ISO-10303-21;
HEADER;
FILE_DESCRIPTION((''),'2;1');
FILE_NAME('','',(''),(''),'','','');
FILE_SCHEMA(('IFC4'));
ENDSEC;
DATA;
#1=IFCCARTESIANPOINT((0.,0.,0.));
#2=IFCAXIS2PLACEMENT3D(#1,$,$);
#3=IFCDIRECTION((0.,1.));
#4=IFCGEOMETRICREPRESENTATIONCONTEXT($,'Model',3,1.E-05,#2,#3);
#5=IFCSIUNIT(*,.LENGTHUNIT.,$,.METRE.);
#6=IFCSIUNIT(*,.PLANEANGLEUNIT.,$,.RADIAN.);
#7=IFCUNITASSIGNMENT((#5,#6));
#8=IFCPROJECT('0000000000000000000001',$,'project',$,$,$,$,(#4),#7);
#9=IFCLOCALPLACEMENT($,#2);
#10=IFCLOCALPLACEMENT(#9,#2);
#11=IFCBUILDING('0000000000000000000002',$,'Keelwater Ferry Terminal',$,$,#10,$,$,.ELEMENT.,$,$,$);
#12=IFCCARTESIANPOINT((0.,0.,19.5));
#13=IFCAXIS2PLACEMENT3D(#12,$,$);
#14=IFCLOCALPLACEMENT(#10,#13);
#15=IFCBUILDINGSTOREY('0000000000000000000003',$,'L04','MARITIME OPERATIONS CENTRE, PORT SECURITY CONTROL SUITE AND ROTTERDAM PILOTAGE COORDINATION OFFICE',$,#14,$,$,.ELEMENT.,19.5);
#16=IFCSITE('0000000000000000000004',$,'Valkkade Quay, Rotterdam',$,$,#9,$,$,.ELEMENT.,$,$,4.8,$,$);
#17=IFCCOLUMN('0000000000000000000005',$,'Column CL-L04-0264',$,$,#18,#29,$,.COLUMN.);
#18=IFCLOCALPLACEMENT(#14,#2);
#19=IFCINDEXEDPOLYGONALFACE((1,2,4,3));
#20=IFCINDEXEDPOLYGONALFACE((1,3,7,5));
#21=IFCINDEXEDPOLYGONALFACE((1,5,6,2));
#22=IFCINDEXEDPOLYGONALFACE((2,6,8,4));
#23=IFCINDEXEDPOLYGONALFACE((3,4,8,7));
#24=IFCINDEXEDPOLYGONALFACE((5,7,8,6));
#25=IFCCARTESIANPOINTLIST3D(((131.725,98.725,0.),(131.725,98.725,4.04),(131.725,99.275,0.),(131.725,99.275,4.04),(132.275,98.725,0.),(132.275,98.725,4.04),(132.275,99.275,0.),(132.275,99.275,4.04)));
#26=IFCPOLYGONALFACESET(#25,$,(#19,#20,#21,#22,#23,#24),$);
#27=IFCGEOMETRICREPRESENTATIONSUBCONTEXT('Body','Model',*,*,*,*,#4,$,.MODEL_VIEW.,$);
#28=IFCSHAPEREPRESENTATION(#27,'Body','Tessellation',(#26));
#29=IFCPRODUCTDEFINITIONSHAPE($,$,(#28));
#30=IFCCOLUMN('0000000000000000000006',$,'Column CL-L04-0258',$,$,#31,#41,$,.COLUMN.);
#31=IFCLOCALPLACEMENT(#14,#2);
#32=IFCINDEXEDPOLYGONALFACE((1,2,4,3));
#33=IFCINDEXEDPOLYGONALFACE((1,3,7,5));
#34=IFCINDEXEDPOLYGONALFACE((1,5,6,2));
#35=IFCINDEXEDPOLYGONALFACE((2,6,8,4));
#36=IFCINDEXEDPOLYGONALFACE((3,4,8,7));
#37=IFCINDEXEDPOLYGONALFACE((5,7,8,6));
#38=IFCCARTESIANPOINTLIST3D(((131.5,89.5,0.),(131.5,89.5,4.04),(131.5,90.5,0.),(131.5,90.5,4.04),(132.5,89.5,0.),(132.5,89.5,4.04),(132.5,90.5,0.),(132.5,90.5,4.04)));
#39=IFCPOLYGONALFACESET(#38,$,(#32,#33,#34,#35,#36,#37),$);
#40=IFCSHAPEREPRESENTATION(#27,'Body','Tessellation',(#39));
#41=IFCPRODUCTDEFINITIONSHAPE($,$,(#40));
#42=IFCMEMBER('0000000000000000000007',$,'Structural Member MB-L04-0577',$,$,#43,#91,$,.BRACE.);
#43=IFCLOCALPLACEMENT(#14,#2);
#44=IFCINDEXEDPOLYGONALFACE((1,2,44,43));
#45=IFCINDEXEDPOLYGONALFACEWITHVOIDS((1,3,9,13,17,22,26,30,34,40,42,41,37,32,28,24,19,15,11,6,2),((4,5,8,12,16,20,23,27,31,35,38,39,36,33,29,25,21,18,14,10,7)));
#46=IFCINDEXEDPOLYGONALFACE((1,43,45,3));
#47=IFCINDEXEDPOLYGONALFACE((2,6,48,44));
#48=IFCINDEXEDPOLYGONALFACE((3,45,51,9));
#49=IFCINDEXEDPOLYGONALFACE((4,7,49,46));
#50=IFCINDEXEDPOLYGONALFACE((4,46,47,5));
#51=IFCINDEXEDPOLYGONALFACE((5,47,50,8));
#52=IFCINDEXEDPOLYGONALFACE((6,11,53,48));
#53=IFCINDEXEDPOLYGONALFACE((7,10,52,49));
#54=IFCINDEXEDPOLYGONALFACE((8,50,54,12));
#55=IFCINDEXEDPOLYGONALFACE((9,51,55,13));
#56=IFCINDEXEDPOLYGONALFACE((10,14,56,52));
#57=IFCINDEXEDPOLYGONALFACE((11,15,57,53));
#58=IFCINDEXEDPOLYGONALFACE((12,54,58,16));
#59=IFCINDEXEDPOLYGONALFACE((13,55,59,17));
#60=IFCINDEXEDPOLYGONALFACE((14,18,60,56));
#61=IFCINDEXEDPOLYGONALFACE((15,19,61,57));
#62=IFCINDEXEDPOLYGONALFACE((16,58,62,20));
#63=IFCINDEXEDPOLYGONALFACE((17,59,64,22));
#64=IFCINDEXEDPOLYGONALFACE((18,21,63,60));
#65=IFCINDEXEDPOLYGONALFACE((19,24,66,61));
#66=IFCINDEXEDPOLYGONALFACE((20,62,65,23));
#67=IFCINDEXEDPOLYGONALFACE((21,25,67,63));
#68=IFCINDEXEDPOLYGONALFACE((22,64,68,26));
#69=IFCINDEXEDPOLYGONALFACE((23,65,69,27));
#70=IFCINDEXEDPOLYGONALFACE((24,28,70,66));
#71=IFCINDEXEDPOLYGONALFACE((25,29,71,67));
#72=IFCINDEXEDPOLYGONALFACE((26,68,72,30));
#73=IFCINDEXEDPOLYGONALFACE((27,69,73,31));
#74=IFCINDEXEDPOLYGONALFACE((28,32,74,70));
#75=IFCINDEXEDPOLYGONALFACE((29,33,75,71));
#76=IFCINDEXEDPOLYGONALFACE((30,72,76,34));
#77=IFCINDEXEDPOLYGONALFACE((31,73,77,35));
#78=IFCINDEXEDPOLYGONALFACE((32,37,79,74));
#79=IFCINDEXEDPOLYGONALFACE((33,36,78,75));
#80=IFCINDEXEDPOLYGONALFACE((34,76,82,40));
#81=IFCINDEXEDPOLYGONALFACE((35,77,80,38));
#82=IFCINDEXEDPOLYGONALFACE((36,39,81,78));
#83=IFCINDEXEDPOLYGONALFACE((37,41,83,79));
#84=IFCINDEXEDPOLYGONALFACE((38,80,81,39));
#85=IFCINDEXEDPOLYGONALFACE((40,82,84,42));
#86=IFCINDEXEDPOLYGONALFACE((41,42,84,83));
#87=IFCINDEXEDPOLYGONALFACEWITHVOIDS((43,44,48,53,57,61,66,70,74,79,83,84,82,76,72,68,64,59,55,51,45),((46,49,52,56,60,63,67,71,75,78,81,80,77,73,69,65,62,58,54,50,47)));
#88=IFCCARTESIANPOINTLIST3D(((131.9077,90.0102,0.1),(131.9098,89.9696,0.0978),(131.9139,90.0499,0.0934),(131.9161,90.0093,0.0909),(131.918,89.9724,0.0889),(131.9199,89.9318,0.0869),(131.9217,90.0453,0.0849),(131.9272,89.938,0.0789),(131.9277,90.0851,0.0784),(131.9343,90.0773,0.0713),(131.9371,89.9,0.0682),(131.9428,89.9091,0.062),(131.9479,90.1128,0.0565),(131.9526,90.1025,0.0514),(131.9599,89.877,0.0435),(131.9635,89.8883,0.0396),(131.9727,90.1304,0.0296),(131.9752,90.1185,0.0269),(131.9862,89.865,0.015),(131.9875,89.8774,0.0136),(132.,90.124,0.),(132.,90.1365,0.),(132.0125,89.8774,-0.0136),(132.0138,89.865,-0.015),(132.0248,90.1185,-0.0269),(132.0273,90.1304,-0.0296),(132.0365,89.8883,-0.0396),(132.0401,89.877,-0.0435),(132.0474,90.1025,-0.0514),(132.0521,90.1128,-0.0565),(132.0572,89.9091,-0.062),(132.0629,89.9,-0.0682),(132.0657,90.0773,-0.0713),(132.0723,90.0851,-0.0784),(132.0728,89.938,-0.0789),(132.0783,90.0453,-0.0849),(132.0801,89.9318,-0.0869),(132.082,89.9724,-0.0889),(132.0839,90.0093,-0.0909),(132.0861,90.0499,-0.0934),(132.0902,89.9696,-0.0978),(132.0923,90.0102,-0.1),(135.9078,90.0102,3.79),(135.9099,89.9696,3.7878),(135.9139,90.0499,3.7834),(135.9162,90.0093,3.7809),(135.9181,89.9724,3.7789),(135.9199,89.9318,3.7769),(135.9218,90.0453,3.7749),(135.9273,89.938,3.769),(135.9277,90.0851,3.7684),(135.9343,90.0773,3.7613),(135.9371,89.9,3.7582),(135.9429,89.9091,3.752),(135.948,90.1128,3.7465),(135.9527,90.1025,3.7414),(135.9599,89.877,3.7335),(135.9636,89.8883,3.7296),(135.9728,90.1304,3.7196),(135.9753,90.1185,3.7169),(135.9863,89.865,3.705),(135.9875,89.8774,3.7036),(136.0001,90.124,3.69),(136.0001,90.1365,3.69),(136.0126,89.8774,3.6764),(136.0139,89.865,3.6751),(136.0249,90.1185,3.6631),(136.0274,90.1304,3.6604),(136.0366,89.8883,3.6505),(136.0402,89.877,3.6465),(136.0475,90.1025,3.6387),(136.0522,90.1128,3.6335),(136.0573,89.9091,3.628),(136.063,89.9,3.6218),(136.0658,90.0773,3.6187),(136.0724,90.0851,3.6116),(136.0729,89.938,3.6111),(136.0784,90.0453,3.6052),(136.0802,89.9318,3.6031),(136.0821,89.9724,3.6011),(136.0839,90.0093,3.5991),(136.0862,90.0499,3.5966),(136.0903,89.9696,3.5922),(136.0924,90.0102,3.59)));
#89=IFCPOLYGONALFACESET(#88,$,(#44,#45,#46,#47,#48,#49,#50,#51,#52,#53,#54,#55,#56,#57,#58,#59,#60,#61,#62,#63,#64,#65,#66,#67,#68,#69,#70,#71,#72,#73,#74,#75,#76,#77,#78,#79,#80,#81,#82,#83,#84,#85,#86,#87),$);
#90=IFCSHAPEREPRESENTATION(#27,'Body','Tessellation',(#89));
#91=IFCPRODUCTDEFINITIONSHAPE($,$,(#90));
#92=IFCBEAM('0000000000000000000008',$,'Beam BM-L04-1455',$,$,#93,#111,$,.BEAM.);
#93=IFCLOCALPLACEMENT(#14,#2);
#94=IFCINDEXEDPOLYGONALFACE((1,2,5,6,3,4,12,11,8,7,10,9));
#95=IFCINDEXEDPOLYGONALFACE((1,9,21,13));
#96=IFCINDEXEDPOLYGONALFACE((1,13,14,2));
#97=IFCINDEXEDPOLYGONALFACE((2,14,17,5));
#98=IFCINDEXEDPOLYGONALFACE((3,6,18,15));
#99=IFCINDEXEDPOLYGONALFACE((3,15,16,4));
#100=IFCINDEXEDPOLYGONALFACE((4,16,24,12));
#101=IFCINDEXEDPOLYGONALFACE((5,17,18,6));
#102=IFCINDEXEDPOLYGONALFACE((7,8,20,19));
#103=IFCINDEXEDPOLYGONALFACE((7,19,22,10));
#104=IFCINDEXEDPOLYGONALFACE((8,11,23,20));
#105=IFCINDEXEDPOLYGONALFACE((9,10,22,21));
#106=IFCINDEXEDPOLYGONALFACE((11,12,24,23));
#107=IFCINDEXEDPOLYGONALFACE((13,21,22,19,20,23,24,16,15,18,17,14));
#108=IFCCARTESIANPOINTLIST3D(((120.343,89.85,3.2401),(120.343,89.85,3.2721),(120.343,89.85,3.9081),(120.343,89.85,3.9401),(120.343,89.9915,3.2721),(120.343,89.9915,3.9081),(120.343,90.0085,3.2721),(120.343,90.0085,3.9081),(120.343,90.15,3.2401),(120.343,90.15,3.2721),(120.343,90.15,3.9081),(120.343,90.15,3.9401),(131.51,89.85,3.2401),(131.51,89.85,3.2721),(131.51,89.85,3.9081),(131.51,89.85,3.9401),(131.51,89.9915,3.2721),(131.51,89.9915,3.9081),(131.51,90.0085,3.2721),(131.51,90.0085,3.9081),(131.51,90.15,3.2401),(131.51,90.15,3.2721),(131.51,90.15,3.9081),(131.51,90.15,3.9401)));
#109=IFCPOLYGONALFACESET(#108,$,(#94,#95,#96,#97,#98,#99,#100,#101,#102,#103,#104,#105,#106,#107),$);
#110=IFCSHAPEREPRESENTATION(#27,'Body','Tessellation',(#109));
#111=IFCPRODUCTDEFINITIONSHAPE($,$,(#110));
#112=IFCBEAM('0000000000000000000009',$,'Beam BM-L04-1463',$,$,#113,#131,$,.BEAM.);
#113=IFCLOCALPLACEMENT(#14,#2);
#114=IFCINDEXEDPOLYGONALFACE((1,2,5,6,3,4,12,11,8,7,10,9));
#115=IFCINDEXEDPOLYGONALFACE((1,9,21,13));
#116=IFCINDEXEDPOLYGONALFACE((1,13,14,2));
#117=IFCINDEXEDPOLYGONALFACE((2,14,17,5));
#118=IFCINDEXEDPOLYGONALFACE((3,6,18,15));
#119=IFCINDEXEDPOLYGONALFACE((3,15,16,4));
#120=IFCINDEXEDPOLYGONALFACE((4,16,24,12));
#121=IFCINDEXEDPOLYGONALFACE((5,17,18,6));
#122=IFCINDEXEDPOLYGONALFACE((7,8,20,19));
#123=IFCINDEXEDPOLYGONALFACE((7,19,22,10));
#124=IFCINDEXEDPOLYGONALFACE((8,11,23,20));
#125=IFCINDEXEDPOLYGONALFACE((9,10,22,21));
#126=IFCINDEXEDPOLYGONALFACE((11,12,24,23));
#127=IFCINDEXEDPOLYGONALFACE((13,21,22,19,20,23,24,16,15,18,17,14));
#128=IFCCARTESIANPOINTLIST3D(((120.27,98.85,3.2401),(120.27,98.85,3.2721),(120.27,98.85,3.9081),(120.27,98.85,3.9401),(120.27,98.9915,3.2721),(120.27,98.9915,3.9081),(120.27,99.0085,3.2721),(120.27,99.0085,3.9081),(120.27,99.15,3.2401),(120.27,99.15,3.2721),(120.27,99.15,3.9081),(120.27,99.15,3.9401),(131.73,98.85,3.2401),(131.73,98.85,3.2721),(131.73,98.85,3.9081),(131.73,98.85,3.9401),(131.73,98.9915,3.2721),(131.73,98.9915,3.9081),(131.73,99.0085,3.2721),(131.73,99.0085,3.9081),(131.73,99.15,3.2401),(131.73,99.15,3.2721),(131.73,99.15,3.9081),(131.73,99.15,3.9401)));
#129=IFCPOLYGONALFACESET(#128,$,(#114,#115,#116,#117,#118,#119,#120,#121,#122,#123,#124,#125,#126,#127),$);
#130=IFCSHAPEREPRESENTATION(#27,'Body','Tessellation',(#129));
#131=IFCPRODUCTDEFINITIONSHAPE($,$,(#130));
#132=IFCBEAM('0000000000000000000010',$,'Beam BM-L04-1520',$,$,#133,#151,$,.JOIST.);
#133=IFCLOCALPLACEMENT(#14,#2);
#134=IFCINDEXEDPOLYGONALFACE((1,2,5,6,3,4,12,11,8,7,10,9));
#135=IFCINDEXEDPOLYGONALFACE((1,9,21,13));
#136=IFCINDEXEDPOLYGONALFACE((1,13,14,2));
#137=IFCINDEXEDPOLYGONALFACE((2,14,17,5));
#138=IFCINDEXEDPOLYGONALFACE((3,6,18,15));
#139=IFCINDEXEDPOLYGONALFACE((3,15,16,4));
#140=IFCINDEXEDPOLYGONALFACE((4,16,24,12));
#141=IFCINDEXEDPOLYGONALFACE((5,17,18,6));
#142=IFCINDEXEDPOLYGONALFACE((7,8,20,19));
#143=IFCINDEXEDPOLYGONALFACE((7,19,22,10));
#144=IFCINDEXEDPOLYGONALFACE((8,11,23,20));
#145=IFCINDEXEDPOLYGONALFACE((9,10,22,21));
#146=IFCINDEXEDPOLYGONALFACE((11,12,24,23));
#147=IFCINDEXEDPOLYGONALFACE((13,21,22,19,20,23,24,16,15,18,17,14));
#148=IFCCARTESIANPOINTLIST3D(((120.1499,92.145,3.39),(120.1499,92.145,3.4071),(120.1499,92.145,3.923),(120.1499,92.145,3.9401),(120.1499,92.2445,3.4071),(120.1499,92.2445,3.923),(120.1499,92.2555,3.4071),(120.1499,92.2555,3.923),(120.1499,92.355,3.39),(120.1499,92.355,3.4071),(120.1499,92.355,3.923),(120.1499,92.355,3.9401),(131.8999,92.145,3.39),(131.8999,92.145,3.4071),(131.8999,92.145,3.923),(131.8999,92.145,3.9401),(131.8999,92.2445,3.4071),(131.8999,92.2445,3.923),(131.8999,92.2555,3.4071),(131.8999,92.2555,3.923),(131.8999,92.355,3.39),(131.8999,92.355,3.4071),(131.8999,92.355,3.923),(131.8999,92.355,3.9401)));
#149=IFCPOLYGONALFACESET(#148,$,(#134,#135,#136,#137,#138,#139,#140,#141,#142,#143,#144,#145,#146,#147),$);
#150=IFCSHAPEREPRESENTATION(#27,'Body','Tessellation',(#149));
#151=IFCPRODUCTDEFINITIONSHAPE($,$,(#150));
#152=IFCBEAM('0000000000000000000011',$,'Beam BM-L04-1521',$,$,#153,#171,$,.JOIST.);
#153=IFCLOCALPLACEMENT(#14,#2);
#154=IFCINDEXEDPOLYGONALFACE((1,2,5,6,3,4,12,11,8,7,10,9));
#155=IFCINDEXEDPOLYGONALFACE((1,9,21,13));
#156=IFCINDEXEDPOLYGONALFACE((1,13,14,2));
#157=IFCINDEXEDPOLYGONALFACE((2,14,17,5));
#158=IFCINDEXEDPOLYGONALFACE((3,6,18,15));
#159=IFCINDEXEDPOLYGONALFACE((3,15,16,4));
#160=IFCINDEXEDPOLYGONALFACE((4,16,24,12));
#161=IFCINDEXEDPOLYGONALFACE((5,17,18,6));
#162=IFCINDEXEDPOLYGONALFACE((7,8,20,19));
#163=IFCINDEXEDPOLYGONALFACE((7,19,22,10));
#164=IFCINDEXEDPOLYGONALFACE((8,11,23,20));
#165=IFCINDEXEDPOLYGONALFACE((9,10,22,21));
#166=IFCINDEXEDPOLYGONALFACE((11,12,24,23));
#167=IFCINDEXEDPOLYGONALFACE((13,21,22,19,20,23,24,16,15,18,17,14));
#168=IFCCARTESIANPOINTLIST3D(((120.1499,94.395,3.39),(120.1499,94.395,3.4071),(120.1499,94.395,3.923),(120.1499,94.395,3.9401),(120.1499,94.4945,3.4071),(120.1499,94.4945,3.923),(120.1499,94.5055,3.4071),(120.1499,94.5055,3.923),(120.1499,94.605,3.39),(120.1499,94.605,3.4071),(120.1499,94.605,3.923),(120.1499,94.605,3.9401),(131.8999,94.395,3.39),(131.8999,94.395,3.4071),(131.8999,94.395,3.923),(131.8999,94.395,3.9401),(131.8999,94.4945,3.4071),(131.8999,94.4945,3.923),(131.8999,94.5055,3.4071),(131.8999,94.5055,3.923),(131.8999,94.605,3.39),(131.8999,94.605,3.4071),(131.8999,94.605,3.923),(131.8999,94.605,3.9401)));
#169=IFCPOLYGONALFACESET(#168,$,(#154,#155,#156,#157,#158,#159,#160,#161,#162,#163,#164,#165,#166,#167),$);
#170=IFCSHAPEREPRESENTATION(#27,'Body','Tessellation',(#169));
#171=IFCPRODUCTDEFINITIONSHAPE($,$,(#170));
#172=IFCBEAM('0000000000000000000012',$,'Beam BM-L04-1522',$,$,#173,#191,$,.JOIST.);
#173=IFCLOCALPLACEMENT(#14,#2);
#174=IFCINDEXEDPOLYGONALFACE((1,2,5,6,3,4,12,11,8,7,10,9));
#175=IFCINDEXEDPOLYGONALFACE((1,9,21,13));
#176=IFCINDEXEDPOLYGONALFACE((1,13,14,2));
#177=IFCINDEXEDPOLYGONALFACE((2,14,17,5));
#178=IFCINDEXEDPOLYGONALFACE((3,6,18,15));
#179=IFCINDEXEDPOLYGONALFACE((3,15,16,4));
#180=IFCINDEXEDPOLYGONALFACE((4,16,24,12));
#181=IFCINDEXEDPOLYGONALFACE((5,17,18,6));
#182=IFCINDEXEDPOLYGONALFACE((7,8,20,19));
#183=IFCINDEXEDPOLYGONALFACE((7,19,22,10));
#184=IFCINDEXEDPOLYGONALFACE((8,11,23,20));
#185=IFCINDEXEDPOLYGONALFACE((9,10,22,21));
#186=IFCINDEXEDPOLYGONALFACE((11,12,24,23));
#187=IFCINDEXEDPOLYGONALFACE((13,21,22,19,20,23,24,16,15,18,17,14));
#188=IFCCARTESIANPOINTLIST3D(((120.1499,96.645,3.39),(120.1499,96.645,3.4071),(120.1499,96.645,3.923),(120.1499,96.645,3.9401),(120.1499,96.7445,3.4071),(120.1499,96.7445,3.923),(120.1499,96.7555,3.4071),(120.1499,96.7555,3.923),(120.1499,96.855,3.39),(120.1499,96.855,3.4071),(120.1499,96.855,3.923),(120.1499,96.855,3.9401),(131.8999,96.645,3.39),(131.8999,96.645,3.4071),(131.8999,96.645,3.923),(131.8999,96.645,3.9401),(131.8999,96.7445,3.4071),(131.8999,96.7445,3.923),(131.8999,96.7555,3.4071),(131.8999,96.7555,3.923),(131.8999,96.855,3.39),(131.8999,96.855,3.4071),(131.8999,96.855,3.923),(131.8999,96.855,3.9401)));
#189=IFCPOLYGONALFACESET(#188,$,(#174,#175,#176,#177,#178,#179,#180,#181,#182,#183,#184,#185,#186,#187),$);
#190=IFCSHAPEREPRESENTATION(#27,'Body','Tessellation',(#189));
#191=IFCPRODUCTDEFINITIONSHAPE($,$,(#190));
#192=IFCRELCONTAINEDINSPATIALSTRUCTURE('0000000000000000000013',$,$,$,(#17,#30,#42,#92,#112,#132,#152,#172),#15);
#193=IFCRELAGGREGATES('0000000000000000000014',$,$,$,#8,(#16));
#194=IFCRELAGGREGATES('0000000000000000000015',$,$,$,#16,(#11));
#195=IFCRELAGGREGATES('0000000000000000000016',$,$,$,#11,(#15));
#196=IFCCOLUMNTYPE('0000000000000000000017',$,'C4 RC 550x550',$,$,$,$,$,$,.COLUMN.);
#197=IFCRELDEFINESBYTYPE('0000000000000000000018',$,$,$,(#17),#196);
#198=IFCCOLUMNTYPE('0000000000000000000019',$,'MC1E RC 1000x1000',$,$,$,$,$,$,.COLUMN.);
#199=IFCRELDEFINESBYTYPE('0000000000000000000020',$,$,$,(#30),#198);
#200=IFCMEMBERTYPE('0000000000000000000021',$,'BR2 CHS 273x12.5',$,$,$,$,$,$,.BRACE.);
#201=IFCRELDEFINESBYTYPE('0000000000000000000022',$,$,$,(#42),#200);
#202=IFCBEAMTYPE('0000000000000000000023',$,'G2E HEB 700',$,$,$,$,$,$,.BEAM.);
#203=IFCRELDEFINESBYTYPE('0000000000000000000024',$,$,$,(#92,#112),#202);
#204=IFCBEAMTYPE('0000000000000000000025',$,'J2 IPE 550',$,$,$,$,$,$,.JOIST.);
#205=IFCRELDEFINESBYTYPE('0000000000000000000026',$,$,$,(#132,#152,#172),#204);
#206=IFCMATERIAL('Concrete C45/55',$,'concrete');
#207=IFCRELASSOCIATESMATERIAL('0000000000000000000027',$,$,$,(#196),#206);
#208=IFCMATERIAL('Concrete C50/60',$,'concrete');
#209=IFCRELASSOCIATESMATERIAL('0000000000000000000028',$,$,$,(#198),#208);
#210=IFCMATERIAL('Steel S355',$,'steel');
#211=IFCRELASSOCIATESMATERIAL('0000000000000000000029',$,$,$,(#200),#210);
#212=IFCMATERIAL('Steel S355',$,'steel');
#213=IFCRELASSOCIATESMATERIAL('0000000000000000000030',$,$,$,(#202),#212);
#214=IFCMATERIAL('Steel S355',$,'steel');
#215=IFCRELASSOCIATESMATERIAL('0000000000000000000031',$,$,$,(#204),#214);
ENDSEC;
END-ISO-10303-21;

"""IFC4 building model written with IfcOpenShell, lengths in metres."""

from ifc_helpers import new_model, si_unit, direction, frame, origin, origin_2d, place, context, subcontext, project, spatial, rectangle, hollow_circle, i_section, extrude, material, material_profile, profile_set, type_object, element, save


model = new_model("IFC4")

# Units and contexts
model_context = context("Model", 3, precision=1e-05, world=origin(), true_north=direction((0.0, 1.0)))
body_context = subcontext(model_context, "Body", "Model", "MODEL_VIEW")
ifc_project = project(units=[si_unit("LENGTHUNIT", "METRE"), si_unit("PLANEANGLEUNIT", "RADIAN")], contexts=[model_context])

# Site, building, storey
site_placement = place(None, origin())
site = spatial("IfcSite", under=ifc_project, at=site_placement, Name="Valkkade Quay, Rotterdam", CompositionType="ELEMENT", RefElevation=4.8)
building_placement = place(site_placement, origin())
building = spatial("IfcBuilding", under=site, at=building_placement, Name="Keelwater Ferry Terminal", CompositionType="ELEMENT")
storey_placement = place(building_placement, frame((0.0, 0.0, 19.5)))
storey = spatial("IfcBuildingStorey", under=building, at=storey_placement, Name="L04", Description="MARITIME OPERATIONS CENTRE, PORT SECURITY CONTROL SUITE AND ROTTERDAM PILOTAGE COORDINATION OFFICE", CompositionType="ELEMENT", Elevation=19.5)

# Columns
ifc_material_1 = material(Name="Concrete C45/55", Category="concrete")
ifc_material_profile_1 = material_profile(ifc_material_1, rectangle(XDim=0.55, YDim=0.55, at=origin_2d()), Name="RC 550x550")
ifc_profile_set_1 = profile_set([ifc_material_profile_1], Name="Concrete C45/55")
column_type_1 = type_object("IfcColumnType", Name="C4 RC 550x550", PredefinedType="COLUMN", material=ifc_profile_set_1)
column_1_placement = place(storey_placement, frame((132.0, 99.0, 0.0), z_axis=(0.0, 0.0, 1.0), x_axis=(1.0, 0.0, 0.0)))
element("IfcColumn", 1, at=column_1_placement, inside=storey, type_object=column_type_1, Name="Column CL-L04-0264", PredefinedType="COLUMN", context=body_context, shape_type="SweptSolid", body=[
    extrude(rectangle(XDim=0.55, YDim=0.55, at=origin_2d()), origin(), (0.0, 0.0, 1.0), 4.04),
])
ifc_material_2 = material(Name="Concrete C50/60", Category="concrete")
ifc_material_profile_2 = material_profile(ifc_material_2, rectangle(XDim=1.0, YDim=1.0, at=origin_2d()), Name="RC 1000x1000")
ifc_profile_set_2 = profile_set([ifc_material_profile_2], Name="Concrete C50/60")
column_type_2 = type_object("IfcColumnType", Name="MC1E RC 1000x1000", PredefinedType="COLUMN", material=ifc_profile_set_2)
column_2_placement = place(storey_placement, frame((132.0, 90.0, 0.0), z_axis=(0.0, 0.0, 1.0), x_axis=(1.0, 0.0, 0.0)))
element("IfcColumn", 2, at=column_2_placement, inside=storey, type_object=column_type_2, Name="Column CL-L04-0258", PredefinedType="COLUMN", context=body_context, shape_type="SweptSolid", body=[
    extrude(rectangle(XDim=1.0, YDim=1.0, at=origin_2d()), origin(), (0.0, 0.0, 1.0), 4.04),
])

# Member
ifc_material_3 = material(Name="Steel S355", Category="steel")
ifc_material_profile_3 = material_profile(ifc_material_3, hollow_circle(Radius=0.1365, WallThickness=0.0125, at=origin_2d()), Name="CHS 273x12.5")
ifc_profile_set_3 = profile_set([ifc_material_profile_3], Name="Steel S355")
member_type = type_object("IfcMemberType", Name="BR2 CHS 273x12.5", PredefinedType="BRACE", material=ifc_profile_set_3)
member_placement = place(storey_placement, frame((132.0, 90.0, 0.0), z_axis=(0.73502, 0.0, 0.678045), x_axis=(0.0, 1.0, 0.0)))
element("IfcMember", 3, at=member_placement, inside=storey, type_object=member_type, Name="Structural Member MB-L04-0577", PredefinedType="BRACE", context=body_context, shape_type="SweptSolid", body=[
    extrude(hollow_circle(Radius=0.1365, WallThickness=0.0125, at=origin_2d()), origin(), (0.0, 0.0, 1.0), 5.4421),
])

# Beams
ifc_material_4 = material(Name="Steel S355", Category="steel")
ifc_material_profile_4 = material_profile(ifc_material_4, i_section(OverallWidth=0.3, OverallDepth=0.7, WebThickness=0.0171, FlangeThickness=0.032, at=origin_2d()), Name="HEB 700")
ifc_profile_set_4 = profile_set([ifc_material_profile_4], Name="Steel S355")
beam_type_1 = type_object("IfcBeamType", Name="G2E HEB 700", PredefinedType="BEAM", material=ifc_profile_set_4)
beam_1_placement = place(storey_placement, frame((120.343, 90.0, 3.5901), z_axis=(1.0, 0.0, 0.0), x_axis=(0.0, 1.0, 0.0)))
element("IfcBeam", 4, at=beam_1_placement, inside=storey, type_object=beam_type_1, Name="Beam BM-L04-1455", PredefinedType="BEAM", context=body_context, shape_type="SweptSolid", body=[
    extrude(i_section(OverallWidth=0.3, OverallDepth=0.7, WebThickness=0.0171, FlangeThickness=0.032, at=origin_2d()), origin(), (0.0, 0.0, 1.0), 11.167),
])
beam_2_placement = place(storey_placement, frame((120.27, 99.0, 3.5901), z_axis=(1.0, 0.0, 0.0), x_axis=(0.0, 1.0, 0.0)))
element("IfcBeam", 5, at=beam_2_placement, inside=storey, type_object=beam_type_1, Name="Beam BM-L04-1463", PredefinedType="BEAM", context=body_context, shape_type="SweptSolid", body=[
    extrude(i_section(OverallWidth=0.3, OverallDepth=0.7, WebThickness=0.0171, FlangeThickness=0.032, at=origin_2d()), origin(), (0.0, 0.0, 1.0), 11.46),
])
ifc_material_5 = material(Name="Steel S355", Category="steel")
ifc_material_profile_5 = material_profile(ifc_material_5, i_section(OverallWidth=0.21, OverallDepth=0.55, WebThickness=0.011, FlangeThickness=0.0171, at=origin_2d()), Name="IPE 550")
ifc_profile_set_5 = profile_set([ifc_material_profile_5], Name="Steel S355")
beam_type_2 = type_object("IfcBeamType", Name="J2 IPE 550", PredefinedType="JOIST", material=ifc_profile_set_5)
for number, where, z_axis, x_axis, name in (
    (6, (120.1499, 92.25, 3.665), (1.0, 0.0, 0.0), (0.0, 1.0, 0.0), "Beam BM-L04-1520"),
    (7, (120.1499, 94.5, 3.665), (1.0, 0.0, 0.0), (0.0, 1.0, 0.0), "Beam BM-L04-1521"),
    (8, (120.1499, 96.75, 3.665), (1.0, 0.0, 0.0), (0.0, 1.0, 0.0), "Beam BM-L04-1522"),
):
    element("IfcBeam", number, at=place(storey_placement, frame(where, z_axis=z_axis, x_axis=x_axis)), inside=storey, type_object=beam_type_2, Name=name, PredefinedType="JOIST", context=body_context, shape_type="SweptSolid", body=[
        extrude(i_section(OverallWidth=0.21, OverallDepth=0.55, WebThickness=0.011, FlangeThickness=0.0171, at=origin_2d()), origin(), (0.0, 0.0, 1.0), 11.75),
    ])

save(model, "model.ifc")
